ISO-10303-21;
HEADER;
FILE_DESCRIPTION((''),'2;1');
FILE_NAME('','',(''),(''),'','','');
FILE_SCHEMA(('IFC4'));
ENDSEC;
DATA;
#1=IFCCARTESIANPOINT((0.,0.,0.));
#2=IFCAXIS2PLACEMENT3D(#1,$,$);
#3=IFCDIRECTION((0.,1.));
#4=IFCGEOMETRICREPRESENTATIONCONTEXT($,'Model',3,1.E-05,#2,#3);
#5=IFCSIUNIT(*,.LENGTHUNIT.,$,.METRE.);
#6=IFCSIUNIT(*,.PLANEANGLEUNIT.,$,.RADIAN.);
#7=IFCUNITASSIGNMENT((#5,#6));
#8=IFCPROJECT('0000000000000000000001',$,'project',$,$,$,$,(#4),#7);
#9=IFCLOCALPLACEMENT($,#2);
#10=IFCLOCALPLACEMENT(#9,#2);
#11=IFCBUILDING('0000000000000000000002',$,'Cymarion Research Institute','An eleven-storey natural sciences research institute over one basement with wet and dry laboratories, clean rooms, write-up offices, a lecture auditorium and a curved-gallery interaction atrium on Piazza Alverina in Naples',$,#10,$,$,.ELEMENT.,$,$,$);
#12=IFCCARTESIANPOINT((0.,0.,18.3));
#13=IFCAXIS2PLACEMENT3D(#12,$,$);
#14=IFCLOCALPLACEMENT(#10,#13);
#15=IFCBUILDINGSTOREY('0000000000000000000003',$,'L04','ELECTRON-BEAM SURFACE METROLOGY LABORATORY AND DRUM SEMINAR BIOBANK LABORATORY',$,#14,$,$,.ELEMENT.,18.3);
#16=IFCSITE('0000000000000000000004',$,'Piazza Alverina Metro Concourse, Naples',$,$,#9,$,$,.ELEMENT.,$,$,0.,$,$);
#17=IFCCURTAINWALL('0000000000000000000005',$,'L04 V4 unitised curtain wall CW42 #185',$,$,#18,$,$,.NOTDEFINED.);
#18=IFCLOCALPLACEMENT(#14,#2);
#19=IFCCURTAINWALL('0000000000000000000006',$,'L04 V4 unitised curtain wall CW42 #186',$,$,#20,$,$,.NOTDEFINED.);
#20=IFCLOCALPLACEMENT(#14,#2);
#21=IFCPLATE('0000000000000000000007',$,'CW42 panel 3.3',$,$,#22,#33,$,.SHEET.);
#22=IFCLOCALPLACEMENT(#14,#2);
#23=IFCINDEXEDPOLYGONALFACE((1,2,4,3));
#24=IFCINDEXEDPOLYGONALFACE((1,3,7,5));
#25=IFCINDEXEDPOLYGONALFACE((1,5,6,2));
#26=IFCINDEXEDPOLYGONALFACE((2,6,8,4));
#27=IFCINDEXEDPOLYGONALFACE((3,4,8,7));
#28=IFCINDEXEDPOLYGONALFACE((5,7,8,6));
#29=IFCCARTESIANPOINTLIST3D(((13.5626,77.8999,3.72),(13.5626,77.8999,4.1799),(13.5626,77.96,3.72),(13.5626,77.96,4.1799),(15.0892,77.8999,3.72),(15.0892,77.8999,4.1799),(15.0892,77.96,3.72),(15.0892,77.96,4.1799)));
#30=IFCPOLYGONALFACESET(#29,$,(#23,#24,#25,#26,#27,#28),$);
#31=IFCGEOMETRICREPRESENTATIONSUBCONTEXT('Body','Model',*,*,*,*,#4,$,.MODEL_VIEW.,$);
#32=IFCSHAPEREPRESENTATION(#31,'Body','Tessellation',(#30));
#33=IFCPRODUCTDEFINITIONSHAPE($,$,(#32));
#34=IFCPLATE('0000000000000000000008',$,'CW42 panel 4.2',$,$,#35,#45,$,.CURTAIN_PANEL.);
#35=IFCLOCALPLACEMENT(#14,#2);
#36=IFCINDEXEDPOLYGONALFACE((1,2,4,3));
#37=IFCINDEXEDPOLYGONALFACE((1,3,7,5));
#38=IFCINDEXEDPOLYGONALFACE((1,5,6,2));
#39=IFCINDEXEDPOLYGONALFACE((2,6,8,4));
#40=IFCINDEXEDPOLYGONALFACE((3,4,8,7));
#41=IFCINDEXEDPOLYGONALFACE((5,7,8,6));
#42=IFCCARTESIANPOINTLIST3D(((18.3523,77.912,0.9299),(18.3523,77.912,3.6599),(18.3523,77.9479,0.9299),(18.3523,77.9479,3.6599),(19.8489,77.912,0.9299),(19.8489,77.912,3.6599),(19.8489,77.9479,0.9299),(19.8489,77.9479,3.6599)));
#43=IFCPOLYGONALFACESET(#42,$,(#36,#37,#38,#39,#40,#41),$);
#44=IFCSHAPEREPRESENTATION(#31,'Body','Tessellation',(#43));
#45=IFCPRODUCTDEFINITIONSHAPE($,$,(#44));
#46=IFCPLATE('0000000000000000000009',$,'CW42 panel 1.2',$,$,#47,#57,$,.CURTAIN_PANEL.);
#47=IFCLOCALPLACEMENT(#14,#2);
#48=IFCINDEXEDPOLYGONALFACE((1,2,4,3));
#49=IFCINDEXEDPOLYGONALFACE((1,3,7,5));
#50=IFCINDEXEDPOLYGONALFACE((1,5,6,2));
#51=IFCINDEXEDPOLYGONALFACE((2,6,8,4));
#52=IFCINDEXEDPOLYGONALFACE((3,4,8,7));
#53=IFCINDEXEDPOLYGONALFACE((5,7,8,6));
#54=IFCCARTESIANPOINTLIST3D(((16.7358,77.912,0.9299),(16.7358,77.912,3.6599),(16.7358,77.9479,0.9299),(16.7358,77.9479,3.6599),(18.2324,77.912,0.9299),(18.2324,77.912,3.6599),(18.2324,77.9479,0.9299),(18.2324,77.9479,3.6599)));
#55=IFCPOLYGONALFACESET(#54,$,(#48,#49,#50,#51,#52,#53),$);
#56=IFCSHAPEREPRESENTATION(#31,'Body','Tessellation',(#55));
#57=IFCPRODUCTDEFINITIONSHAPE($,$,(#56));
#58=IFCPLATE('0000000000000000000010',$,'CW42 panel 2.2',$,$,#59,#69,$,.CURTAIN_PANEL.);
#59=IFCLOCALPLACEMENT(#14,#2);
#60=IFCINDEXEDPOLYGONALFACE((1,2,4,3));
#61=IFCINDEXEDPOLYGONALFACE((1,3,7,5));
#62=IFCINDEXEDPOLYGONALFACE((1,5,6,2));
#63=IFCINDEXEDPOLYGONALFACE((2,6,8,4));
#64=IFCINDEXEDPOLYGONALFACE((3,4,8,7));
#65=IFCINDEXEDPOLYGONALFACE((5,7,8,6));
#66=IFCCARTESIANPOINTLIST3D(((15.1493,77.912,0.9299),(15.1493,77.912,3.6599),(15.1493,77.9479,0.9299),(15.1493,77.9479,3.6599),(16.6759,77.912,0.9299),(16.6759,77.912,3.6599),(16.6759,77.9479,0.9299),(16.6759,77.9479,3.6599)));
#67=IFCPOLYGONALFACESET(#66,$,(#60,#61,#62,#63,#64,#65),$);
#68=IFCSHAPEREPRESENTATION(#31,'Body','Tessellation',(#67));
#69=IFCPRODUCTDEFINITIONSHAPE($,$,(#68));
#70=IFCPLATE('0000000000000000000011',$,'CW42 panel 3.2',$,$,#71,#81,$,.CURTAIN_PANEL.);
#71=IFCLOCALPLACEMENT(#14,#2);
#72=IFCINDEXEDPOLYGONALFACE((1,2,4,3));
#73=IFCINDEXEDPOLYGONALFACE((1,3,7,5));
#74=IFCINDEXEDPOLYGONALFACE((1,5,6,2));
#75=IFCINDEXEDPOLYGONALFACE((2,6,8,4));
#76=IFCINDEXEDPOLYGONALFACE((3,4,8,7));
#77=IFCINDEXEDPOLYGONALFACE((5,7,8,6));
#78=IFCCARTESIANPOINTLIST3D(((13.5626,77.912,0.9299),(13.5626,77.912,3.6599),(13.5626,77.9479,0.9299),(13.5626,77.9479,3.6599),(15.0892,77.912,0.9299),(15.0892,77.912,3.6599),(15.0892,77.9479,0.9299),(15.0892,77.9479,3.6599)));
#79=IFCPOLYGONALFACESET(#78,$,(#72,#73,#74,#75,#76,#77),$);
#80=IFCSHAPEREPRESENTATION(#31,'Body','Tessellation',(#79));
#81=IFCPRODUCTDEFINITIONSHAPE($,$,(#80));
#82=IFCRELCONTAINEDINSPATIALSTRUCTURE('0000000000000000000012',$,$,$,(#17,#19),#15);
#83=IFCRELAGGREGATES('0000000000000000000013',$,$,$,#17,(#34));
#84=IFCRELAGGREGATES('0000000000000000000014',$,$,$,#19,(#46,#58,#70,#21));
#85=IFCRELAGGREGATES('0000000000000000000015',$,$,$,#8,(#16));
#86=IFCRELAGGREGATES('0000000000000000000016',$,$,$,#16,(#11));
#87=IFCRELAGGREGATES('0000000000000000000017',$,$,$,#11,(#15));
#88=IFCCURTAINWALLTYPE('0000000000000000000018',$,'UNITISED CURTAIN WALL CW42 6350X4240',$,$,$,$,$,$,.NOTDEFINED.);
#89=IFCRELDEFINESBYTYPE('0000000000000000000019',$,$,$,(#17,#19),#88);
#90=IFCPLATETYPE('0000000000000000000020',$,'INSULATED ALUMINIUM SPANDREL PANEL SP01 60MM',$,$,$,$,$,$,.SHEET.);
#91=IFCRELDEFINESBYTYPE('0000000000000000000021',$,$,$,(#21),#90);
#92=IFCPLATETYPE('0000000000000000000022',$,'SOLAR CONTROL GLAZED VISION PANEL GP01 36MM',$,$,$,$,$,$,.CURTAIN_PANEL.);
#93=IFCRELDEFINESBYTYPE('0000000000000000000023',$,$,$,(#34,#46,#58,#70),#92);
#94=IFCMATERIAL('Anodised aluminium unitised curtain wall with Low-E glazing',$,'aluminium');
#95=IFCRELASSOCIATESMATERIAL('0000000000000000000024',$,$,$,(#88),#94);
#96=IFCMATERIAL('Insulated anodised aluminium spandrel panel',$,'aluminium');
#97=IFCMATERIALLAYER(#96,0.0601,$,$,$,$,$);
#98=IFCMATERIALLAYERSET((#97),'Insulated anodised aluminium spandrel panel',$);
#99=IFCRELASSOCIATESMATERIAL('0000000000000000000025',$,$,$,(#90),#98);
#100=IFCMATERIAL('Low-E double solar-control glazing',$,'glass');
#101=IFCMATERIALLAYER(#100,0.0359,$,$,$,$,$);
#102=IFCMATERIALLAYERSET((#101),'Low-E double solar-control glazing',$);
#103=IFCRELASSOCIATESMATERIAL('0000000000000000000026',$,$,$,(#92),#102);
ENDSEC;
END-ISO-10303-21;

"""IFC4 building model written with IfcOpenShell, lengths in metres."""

from ifc_helpers import new_model, si_unit, direction, frame, origin, origin_2d, place, context, subcontext, project, spatial, rectangle, extrude, material, layer, layer_set, type_object, element, aggregate, save


model = new_model("IFC4")

# Units and contexts
model_context = context("Model", 3, precision=1e-05, world=origin(), true_north=direction((0.0, 1.0)))
body_context = subcontext(model_context, "Body", "Model", "MODEL_VIEW")
ifc_project = project(units=[si_unit("LENGTHUNIT", "METRE"), si_unit("PLANEANGLEUNIT", "RADIAN")], contexts=[model_context])

# Site, building, storey
site_placement = place(None, origin())
site = spatial("IfcSite", under=ifc_project, at=site_placement, Name="Piazza Alverina Metro Concourse, Naples", CompositionType="ELEMENT", RefElevation=0.0)
building_placement = place(site_placement, origin())
building = spatial("IfcBuilding", under=site, at=building_placement, Name="Cymarion Research Institute", Description="An eleven-storey natural sciences research institute over one basement with wet and dry laboratories, clean rooms, write-up offices, a lecture auditorium and a curved-gallery interaction atrium on Piazza Alverina in Naples", CompositionType="ELEMENT")
storey_placement = place(building_placement, frame((0.0, 0.0, 18.3)))
storey = spatial("IfcBuildingStorey", under=building, at=storey_placement, Name="L04", Description="ELECTRON-BEAM SURFACE METROLOGY LABORATORY AND DRUM SEMINAR BIOBANK LABORATORY", CompositionType="ELEMENT", Elevation=18.3)

# Curtain wall
ifc_material_1 = material(Name="Anodised aluminium unitised curtain wall with Low-E glazing", Category="aluminium")
curtain_wall_type = type_object("IfcCurtainWallType", Name="UNITISED CURTAIN WALL CW42 6350X4240", PredefinedType="NOTDEFINED", material=ifc_material_1)
curtain_wall_1_placement = place(storey_placement, origin())
curtain_wall_1 = element("IfcCurtainWall", 1, at=curtain_wall_1_placement, inside=storey, type_object=curtain_wall_type, Name="L04 V4 unitised curtain wall CW42 #185", PredefinedType="NOTDEFINED")

# Curtain wall
curtain_wall_2_placement = place(storey_placement, origin())
curtain_wall_2 = element("IfcCurtainWall", 2, at=curtain_wall_2_placement, inside=storey, type_object=curtain_wall_type, Name="L04 V4 unitised curtain wall CW42 #186", PredefinedType="NOTDEFINED")

# Plates
ifc_material_2 = material(Name="Insulated anodised aluminium spandrel panel", Category="aluminium")
ifc_layer_1 = layer(ifc_material_2, 0.0601)
ifc_layer_set_1 = layer_set([ifc_layer_1], Name="Insulated anodised aluminium spandrel panel")
plate_type_1 = type_object("IfcPlateType", Name="INSULATED ALUMINIUM SPANDREL PANEL SP01 60MM", PredefinedType="SHEET", material=ifc_layer_set_1)
plate_1_placement = place(storey_placement, frame((14.3259, 77.9299, 3.72), z_axis=(0.0, 0.0, 1.0), x_axis=(-1.0, 0.0, 0.0)))
plate_1 = element("IfcPlate", 3, at=plate_1_placement, type_object=plate_type_1, Name="CW42 panel 3.3", PredefinedType="SHEET", context=body_context, shape_type="SweptSolid", body=[
    extrude(rectangle(XDim=1.5266, YDim=0.0601, at=origin_2d()), origin(), (0.0, 0.0, 1.0), 0.46),
])
ifc_material_3 = material(Name="Low-E double solar-control glazing", Category="glass")
ifc_layer_2 = layer(ifc_material_3, 0.0359)
ifc_layer_set_2 = layer_set([ifc_layer_2], Name="Low-E double solar-control glazing")
plate_type_2 = type_object("IfcPlateType", Name="SOLAR CONTROL GLAZED VISION PANEL GP01 36MM", PredefinedType="CURTAIN_PANEL", material=ifc_layer_set_2)
plate_2_placement = place(storey_placement, frame((19.1006, 77.9299, 0.9299), z_axis=(0.0, 0.0, 1.0), x_axis=(-1.0, 0.0, 0.0)))
plate_2 = element("IfcPlate", 4, at=plate_2_placement, type_object=plate_type_2, Name="CW42 panel 4.2", PredefinedType="CURTAIN_PANEL", context=body_context, shape_type="SweptSolid", body=[
    extrude(rectangle(XDim=1.4966, YDim=0.0359, at=origin_2d()), origin(), (0.0, 0.0, 1.0), 2.73),
])
aggregate(curtain_wall_1, [plate_2])
plate_3_placement = place(storey_placement, frame((17.4841, 77.9299, 0.9299), z_axis=(0.0, 0.0, 1.0), x_axis=(-1.0, 0.0, 0.0)))
plate_3 = element("IfcPlate", 5, at=plate_3_placement, type_object=plate_type_2, Name="CW42 panel 1.2", PredefinedType="CURTAIN_PANEL", context=body_context, shape_type="SweptSolid", body=[
    extrude(rectangle(XDim=1.4966, YDim=0.0359, at=origin_2d()), origin(), (0.0, 0.0, 1.0), 2.73),
])
plate_4_placement = place(storey_placement, frame((15.9126, 77.9299, 0.9299), z_axis=(0.0, 0.0, 1.0), x_axis=(-1.0, 0.0, 0.0)))
plate_4 = element("IfcPlate", 6, at=plate_4_placement, type_object=plate_type_2, Name="CW42 panel 2.2", PredefinedType="CURTAIN_PANEL", context=body_context, shape_type="SweptSolid", body=[
    extrude(rectangle(XDim=1.5266, YDim=0.0359, at=origin_2d()), origin(), (0.0, 0.0, 1.0), 2.73),
])
plate_5_placement = place(storey_placement, frame((14.3259, 77.9299, 0.9299), z_axis=(0.0, 0.0, 1.0), x_axis=(-1.0, 0.0, 0.0)))
plate_5 = element("IfcPlate", 7, at=plate_5_placement, type_object=plate_type_2, Name="CW42 panel 3.2", PredefinedType="CURTAIN_PANEL", context=body_context, shape_type="SweptSolid", body=[
    extrude(rectangle(XDim=1.5266, YDim=0.0359, at=origin_2d()), origin(), (0.0, 0.0, 1.0), 2.73),
])
aggregate(curtain_wall_2, [plate_3, plate_4, plate_5, plate_1])

save(model, "model.ifc")
